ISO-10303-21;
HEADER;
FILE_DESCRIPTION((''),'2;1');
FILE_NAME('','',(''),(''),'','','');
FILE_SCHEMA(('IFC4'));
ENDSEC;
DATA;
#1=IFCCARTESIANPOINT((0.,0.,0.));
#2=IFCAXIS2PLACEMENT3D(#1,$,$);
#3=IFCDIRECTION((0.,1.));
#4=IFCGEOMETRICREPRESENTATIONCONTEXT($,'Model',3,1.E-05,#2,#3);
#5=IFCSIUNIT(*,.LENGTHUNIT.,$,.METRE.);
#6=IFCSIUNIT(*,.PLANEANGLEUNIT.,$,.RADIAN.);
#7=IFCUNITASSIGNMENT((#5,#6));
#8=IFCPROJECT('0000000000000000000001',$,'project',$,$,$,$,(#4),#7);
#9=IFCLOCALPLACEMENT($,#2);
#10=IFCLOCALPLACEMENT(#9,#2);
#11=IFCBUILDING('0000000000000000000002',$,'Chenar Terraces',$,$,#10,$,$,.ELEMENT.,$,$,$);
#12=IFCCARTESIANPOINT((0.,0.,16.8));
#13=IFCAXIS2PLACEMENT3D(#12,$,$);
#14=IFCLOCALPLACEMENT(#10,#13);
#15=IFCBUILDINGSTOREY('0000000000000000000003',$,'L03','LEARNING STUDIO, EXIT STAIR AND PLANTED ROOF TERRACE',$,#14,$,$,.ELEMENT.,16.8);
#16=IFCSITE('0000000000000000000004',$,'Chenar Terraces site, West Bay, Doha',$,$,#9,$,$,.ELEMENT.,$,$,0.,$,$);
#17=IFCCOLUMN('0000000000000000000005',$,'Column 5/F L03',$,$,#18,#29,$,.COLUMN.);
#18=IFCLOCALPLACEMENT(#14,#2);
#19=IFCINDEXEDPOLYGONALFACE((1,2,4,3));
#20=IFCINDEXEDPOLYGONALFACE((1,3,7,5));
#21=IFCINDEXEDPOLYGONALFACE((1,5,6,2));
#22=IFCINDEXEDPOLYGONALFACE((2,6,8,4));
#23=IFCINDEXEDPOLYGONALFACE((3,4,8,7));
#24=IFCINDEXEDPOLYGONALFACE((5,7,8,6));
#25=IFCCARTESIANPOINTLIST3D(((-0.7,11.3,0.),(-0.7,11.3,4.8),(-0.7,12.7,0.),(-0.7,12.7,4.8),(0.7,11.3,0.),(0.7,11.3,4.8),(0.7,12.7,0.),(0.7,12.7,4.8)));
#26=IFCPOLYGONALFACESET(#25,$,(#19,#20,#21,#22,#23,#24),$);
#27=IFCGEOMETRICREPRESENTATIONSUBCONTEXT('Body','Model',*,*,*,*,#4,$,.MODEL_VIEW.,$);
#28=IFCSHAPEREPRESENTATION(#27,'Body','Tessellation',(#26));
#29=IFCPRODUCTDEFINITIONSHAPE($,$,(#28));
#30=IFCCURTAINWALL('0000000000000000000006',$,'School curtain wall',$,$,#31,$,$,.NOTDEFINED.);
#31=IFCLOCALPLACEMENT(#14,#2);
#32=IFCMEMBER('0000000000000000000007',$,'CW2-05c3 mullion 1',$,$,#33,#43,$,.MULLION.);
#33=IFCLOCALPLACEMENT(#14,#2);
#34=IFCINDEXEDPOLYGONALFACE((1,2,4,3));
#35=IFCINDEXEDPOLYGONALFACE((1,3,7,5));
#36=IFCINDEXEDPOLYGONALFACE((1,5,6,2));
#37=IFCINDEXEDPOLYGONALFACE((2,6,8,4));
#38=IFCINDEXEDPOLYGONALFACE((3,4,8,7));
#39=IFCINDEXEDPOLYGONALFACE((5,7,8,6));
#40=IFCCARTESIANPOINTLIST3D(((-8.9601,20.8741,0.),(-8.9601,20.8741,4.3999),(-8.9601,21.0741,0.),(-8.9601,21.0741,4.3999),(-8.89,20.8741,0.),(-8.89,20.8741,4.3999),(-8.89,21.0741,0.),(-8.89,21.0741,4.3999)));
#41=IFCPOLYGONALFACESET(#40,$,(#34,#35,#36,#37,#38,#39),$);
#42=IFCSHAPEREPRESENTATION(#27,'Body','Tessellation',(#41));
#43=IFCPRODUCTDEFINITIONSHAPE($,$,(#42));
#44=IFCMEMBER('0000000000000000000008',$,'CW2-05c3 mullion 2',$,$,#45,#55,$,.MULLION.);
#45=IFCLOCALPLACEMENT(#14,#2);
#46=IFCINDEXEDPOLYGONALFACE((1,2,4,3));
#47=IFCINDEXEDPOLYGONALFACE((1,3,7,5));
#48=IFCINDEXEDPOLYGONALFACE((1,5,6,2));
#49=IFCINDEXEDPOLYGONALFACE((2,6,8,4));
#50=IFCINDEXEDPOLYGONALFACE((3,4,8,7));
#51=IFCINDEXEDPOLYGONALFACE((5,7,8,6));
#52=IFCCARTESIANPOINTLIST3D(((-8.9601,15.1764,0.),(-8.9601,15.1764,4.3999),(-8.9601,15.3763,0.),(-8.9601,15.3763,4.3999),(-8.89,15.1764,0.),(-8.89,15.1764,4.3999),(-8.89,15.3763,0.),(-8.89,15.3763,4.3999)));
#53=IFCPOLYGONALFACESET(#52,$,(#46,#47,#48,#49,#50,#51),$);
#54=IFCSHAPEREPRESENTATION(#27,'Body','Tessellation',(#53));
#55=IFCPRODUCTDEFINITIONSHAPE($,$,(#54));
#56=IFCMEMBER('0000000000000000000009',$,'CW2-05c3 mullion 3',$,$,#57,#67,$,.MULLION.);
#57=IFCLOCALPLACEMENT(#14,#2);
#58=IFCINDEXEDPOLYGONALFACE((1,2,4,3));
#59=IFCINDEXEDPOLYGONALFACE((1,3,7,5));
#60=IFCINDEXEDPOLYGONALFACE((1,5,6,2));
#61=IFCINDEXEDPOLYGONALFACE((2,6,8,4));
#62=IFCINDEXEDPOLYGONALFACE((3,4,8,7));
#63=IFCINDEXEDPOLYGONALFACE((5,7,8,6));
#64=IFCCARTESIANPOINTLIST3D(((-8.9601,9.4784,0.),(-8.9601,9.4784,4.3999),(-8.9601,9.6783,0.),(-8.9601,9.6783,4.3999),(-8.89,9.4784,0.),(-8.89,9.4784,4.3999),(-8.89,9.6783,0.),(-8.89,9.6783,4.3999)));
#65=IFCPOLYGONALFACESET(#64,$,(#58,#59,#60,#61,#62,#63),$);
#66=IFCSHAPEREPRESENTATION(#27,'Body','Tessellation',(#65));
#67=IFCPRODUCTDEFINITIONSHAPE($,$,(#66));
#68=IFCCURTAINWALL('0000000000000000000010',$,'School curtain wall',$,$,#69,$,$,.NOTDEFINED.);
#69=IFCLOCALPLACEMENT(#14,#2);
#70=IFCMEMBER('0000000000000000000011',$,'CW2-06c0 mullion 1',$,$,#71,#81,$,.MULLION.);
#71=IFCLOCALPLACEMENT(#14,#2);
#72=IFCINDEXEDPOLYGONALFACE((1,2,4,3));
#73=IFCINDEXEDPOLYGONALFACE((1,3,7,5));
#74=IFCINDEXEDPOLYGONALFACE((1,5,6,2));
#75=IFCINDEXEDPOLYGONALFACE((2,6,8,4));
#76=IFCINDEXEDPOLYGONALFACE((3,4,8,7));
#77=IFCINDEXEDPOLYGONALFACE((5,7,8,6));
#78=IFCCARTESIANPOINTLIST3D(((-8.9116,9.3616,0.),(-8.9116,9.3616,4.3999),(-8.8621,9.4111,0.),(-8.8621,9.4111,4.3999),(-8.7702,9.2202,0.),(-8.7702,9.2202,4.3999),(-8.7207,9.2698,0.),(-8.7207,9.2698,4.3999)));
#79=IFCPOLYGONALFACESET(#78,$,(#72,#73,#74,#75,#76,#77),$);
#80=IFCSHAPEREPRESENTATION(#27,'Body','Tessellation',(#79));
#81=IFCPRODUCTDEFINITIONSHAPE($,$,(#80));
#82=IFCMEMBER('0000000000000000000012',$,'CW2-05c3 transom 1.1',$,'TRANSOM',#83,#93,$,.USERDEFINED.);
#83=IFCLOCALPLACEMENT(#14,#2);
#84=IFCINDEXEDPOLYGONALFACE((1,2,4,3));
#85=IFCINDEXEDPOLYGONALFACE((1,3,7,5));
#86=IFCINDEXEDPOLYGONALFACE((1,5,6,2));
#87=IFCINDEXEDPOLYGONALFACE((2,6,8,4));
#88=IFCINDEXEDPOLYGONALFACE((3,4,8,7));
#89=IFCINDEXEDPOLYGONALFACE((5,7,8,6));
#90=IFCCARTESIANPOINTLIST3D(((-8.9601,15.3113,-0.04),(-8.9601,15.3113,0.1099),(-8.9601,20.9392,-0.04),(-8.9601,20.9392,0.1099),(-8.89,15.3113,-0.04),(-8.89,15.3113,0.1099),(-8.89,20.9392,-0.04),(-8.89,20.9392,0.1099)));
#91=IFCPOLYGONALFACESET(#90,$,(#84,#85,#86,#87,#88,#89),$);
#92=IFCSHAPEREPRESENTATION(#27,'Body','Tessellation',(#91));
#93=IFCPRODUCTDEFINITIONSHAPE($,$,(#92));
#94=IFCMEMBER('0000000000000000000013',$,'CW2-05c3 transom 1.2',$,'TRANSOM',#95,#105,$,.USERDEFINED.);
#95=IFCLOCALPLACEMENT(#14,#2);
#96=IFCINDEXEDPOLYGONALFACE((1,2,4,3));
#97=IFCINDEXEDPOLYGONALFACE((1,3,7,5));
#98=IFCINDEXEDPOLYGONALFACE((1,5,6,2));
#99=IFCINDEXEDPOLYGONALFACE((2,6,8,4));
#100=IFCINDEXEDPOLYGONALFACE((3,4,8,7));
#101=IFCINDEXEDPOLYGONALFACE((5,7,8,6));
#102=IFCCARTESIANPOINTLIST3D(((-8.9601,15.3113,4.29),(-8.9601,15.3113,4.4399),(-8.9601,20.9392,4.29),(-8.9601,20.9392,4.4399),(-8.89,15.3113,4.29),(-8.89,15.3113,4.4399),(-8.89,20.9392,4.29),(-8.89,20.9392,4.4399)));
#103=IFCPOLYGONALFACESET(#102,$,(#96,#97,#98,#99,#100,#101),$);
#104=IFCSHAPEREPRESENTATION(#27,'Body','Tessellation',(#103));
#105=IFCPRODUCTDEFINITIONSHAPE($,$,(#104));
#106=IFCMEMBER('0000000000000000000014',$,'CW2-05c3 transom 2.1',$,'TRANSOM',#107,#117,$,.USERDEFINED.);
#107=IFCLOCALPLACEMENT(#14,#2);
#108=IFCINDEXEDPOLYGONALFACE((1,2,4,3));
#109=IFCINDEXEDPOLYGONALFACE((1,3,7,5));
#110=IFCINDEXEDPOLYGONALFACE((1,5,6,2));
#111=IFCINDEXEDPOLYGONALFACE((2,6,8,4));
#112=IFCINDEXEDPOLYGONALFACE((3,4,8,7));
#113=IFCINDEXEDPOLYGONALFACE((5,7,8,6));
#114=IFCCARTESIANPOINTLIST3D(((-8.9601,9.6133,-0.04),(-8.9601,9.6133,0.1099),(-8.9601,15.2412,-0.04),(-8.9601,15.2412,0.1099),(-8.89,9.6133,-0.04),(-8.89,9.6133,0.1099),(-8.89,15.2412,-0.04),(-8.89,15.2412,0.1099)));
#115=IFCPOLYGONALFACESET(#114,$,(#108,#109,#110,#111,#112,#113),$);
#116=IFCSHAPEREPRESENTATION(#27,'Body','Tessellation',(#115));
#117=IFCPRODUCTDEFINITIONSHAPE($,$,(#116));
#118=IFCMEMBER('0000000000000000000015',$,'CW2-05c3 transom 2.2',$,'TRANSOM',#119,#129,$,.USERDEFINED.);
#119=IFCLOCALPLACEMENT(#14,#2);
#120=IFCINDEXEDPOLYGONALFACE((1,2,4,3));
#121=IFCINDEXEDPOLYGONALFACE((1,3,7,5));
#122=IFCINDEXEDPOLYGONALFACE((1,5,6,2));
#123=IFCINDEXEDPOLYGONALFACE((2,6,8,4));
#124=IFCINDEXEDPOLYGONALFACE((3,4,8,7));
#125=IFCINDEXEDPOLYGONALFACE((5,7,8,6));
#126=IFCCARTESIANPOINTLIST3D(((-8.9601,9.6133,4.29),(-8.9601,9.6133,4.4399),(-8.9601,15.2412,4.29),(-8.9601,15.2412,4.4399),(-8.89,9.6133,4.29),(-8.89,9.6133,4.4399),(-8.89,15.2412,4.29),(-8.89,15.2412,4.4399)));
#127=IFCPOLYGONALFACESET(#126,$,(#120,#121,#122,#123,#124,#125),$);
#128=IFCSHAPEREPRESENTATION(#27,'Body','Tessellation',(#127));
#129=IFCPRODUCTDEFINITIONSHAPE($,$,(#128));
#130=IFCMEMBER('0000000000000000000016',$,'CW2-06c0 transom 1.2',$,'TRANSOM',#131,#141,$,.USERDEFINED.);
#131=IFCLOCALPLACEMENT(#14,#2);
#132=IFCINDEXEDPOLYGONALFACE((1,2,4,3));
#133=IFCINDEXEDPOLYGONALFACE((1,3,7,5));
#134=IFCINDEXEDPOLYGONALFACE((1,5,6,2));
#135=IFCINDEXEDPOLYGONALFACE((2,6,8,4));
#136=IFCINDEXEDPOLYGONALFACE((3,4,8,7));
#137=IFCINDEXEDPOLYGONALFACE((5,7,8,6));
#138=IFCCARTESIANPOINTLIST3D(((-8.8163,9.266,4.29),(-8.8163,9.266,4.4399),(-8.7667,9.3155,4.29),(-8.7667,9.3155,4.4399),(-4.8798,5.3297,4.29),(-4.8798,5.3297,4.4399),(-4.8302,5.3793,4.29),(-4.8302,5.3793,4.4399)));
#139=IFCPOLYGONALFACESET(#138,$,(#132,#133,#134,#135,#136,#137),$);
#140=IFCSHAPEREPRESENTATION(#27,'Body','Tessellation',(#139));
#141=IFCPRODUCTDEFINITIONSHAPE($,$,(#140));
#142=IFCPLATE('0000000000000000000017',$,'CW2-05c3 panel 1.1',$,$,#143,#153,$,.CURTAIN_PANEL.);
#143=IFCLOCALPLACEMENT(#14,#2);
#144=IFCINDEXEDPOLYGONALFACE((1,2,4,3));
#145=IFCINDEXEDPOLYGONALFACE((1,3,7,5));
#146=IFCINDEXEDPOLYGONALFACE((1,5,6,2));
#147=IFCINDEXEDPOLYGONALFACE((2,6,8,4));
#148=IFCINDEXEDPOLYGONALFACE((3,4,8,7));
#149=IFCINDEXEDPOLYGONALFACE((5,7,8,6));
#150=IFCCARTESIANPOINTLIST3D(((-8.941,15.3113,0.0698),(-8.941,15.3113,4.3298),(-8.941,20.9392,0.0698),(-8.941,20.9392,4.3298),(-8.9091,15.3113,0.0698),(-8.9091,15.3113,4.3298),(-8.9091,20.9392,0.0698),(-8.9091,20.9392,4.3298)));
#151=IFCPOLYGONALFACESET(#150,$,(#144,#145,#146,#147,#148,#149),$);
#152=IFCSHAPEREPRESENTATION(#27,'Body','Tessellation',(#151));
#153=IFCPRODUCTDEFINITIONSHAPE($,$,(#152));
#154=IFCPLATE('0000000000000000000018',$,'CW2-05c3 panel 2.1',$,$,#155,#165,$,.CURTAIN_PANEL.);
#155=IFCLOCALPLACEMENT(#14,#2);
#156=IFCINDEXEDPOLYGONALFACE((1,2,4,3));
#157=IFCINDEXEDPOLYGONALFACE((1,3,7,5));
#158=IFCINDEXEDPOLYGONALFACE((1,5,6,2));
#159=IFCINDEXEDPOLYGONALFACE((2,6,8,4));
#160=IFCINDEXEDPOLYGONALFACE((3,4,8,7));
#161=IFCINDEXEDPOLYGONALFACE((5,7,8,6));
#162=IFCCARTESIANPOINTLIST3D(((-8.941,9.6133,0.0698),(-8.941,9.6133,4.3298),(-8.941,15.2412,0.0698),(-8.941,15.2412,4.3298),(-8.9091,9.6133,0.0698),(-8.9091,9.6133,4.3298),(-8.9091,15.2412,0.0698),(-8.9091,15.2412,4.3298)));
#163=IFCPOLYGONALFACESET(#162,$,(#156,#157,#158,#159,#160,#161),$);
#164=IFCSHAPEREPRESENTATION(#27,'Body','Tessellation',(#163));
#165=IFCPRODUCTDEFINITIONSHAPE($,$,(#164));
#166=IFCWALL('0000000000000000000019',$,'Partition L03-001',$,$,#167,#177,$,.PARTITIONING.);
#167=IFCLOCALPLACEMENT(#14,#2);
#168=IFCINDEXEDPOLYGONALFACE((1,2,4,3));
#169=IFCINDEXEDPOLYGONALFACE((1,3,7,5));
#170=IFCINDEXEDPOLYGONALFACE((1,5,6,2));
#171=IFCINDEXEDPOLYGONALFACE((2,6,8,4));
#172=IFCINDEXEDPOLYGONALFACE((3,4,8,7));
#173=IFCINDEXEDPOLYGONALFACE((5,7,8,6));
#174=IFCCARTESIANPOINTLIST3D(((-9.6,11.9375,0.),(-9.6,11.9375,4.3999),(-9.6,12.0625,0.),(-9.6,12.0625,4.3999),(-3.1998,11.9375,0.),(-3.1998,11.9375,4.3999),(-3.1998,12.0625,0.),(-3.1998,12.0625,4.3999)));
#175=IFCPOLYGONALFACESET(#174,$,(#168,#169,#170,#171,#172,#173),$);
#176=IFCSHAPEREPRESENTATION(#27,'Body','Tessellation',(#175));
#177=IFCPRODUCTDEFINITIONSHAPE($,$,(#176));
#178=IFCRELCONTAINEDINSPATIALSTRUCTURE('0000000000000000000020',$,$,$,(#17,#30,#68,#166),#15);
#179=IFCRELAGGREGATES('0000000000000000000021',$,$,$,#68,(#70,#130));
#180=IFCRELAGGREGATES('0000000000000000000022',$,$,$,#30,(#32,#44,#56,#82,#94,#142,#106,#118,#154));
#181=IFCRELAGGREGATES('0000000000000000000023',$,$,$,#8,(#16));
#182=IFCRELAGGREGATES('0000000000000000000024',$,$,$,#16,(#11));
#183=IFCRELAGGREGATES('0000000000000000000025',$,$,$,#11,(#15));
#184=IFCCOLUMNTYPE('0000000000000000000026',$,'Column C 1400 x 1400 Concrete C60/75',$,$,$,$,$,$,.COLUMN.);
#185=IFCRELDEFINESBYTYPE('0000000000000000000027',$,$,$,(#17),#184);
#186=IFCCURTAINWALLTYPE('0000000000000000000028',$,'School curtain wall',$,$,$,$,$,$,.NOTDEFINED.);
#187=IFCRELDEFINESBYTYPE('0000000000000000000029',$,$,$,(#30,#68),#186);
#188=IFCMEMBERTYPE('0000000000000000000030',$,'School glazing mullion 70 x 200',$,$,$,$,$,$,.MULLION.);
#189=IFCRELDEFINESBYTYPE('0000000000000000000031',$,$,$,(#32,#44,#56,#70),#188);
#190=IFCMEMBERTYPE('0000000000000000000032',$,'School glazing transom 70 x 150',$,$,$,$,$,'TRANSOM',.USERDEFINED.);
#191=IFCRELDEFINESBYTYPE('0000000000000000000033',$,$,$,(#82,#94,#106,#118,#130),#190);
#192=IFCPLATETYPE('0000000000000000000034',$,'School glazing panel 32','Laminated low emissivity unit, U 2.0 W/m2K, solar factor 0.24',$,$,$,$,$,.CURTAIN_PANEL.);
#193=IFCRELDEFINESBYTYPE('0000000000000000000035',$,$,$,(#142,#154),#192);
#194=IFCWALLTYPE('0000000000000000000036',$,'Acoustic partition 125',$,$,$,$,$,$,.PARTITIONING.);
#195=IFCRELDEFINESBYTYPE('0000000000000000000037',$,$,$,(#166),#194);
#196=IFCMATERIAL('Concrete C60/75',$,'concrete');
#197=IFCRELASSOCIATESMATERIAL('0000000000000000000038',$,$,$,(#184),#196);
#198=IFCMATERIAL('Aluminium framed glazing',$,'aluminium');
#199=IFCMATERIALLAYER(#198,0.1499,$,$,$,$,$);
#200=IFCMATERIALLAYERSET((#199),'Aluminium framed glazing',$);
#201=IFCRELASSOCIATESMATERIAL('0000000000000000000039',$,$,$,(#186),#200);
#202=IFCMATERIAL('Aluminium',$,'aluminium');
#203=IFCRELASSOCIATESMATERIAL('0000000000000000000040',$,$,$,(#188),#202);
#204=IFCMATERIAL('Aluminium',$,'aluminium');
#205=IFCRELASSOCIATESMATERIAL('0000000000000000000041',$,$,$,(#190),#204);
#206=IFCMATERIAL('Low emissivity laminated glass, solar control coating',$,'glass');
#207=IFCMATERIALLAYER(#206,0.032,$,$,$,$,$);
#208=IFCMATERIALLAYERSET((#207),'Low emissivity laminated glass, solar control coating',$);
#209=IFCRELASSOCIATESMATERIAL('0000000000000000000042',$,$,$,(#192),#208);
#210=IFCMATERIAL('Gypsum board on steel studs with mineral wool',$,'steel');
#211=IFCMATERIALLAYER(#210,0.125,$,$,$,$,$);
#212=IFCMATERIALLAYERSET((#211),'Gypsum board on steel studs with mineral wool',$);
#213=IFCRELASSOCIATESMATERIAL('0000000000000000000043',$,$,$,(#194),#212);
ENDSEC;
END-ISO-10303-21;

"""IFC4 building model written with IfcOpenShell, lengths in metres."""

from ifc_helpers import new_model, si_unit, direction, frame, frame_2d, origin, origin_2d, place, context, subcontext, project, spatial, rectangle, extrude, material, layer, layer_set, material_profile, profile_set, type_object, element, aggregate, save


model = new_model("IFC4")

# Units and contexts
model_context = context("Model", 3, precision=1e-05, world=origin(), true_north=direction((0.0, 1.0)))
body_context = subcontext(model_context, "Body", "Model", "MODEL_VIEW")
ifc_project = project(units=[si_unit("LENGTHUNIT", "METRE"), si_unit("PLANEANGLEUNIT", "RADIAN")], contexts=[model_context])

# Site, building, storey
site_placement = place(None, origin())
site = spatial("IfcSite", under=ifc_project, at=site_placement, Name="Chenar Terraces site, West Bay, Doha", CompositionType="ELEMENT", RefElevation=0.0)
building_placement = place(site_placement, origin())
building = spatial("IfcBuilding", under=site, at=building_placement, Name="Chenar Terraces", CompositionType="ELEMENT")
storey_placement = place(building_placement, frame((0.0, 0.0, 16.8)))
storey = spatial("IfcBuildingStorey", under=building, at=storey_placement, Name="L03", Description="LEARNING STUDIO, EXIT STAIR AND PLANTED ROOF TERRACE", CompositionType="ELEMENT", Elevation=16.8)

# Column
ifc_material_1 = material(Name="Concrete C60/75", Category="concrete")
ifc_material_profile_1 = material_profile(ifc_material_1, rectangle(XDim=1.3999, YDim=1.3999, at=origin_2d()), Name="C 1400 x 1400")
ifc_profile_set_1 = profile_set([ifc_material_profile_1], Name="Concrete C60/75")
column_type = type_object("IfcColumnType", Name="Column C 1400 x 1400 Concrete C60/75", PredefinedType="COLUMN", material=ifc_profile_set_1)
column_placement = place(storey_placement, frame((0.0, 12.0, 0.0), z_axis=(0.0, 0.0, 1.0), x_axis=(1.0, 0.0, 0.0)))
element("IfcColumn", 1, at=column_placement, inside=storey, type_object=column_type, Name="Column 5/F L03", PredefinedType="COLUMN", context=body_context, shape_type="SweptSolid", body=[
    extrude(rectangle(XDim=1.3999, YDim=1.3999, at=origin_2d()), origin(), (0.0, 0.0, 1.0), 4.8),
])

# Curtain wall, members
ifc_material_2 = material(Name="Aluminium framed glazing", Category="aluminium")
ifc_layer_1 = layer(ifc_material_2, 0.1499)
ifc_layer_set_1 = layer_set([ifc_layer_1], Name="Aluminium framed glazing")
curtain_wall_type = type_object("IfcCurtainWallType", Name="School curtain wall", PredefinedType="NOTDEFINED", material=ifc_layer_set_1)
placement = place(storey_placement, origin())
curtain_wall_1 = element("IfcCurtainWall", 2, at=placement, inside=storey, type_object=curtain_wall_type, Name="School curtain wall", PredefinedType="NOTDEFINED")
ifc_material_3 = material(Name="Aluminium", Category="aluminium")
ifc_material_profile_2 = material_profile(ifc_material_3, rectangle(XDim=0.0701, YDim=0.2, at=origin_2d()), Name="School glazing mullion 70 x 200")
ifc_profile_set_2 = profile_set([ifc_material_profile_2], Name="Aluminium")
member_type_1 = type_object("IfcMemberType", Name="School glazing mullion 70 x 200", PredefinedType="MULLION", material=ifc_profile_set_2)
member_1_placement = place(storey_placement, frame((-8.925, 20.9741, 0.0), z_axis=(0.0, 0.0, 1.0), x_axis=(1.0, 0.0, 0.0)))
member_1 = element("IfcMember", 3, at=member_1_placement, type_object=member_type_1, Name="CW2-05c3 mullion 1", PredefinedType="MULLION", context=body_context, shape_type="SweptSolid", body=[
    extrude(rectangle(XDim=0.0701, YDim=0.2, at=origin_2d()), origin(), (0.0, 0.0, 1.0), 4.3999),
])
member_2_placement = place(storey_placement, frame((-8.925, 15.2764, 0.0), z_axis=(0.0, 0.0, 1.0), x_axis=(1.0, 0.0, 0.0)))
member_2 = element("IfcMember", 4, at=member_2_placement, type_object=member_type_1, Name="CW2-05c3 mullion 2", PredefinedType="MULLION", context=body_context, shape_type="SweptSolid", body=[
    extrude(rectangle(XDim=0.0701, YDim=0.2, at=origin_2d()), origin(), (0.0, 0.0, 1.0), 4.3999),
])
member_3_placement = place(storey_placement, frame((-8.925, 9.5784, 0.0), z_axis=(0.0, 0.0, 1.0), x_axis=(1.0, 0.0, 0.0)))
member_3 = element("IfcMember", 5, at=member_3_placement, type_object=member_type_1, Name="CW2-05c3 mullion 3", PredefinedType="MULLION", context=body_context, shape_type="SweptSolid", body=[
    extrude(rectangle(XDim=0.0701, YDim=0.2, at=origin_2d()), origin(), (0.0, 0.0, 1.0), 4.3999),
])

# Curtain wall, member
curtain_wall_2 = element("IfcCurtainWall", 6, at=placement, inside=storey, type_object=curtain_wall_type, Name="School curtain wall", PredefinedType="NOTDEFINED")
member_4_placement = place(storey_placement, frame((-8.8162, 9.3157, 0.0), z_axis=(0.0, 0.0, 1.0), x_axis=(0.707107, 0.707107, 0.0)))
member_4 = element("IfcMember", 7, at=member_4_placement, type_object=member_type_1, Name="CW2-06c0 mullion 1", PredefinedType="MULLION", context=body_context, shape_type="SweptSolid", body=[
    extrude(rectangle(XDim=0.0701, YDim=0.2, at=origin_2d()), origin(), (0.0, 0.0, 1.0), 4.3999),
])

# Members
ifc_material_4 = material(Name="Aluminium", Category="aluminium")
ifc_material_profile_3 = material_profile(ifc_material_4, rectangle(XDim=0.0701, YDim=0.1499, at=origin_2d()), Name="School glazing transom 70 x 150")
ifc_profile_set_3 = profile_set([ifc_material_profile_3], Name="Aluminium")
member_type_2 = type_object("IfcMemberType", Name="School glazing transom 70 x 150", ElementType="TRANSOM", PredefinedType="USERDEFINED", material=ifc_profile_set_3)
member_5_placement = place(storey_placement, frame((-8.925, 20.9392, 0.0349), z_axis=(0.0, -1.0, 0.0), x_axis=(1.0, 0.0, 0.0)))
member_5 = element("IfcMember", 8, at=member_5_placement, type_object=member_type_2, Name="CW2-05c3 transom 1.1", ObjectType="TRANSOM", PredefinedType="USERDEFINED", context=body_context, shape_type="SweptSolid", body=[
    extrude(rectangle(XDim=0.0701, YDim=0.1499, at=origin_2d()), origin(), (0.0, 0.0, 1.0), 5.6279),
])
member_6_placement = place(storey_placement, frame((-8.925, 20.9392, 4.365), z_axis=(0.0, -1.0, 0.0), x_axis=(1.0, 0.0, 0.0)))
member_6 = element("IfcMember", 9, at=member_6_placement, type_object=member_type_2, Name="CW2-05c3 transom 1.2", ObjectType="TRANSOM", PredefinedType="USERDEFINED", context=body_context, shape_type="SweptSolid", body=[
    extrude(rectangle(XDim=0.0701, YDim=0.1499, at=origin_2d()), origin(), (0.0, 0.0, 1.0), 5.6279),
])
member_7_placement = place(storey_placement, frame((-8.925, 15.2412, 0.0349), z_axis=(0.0, -1.0, 0.0), x_axis=(1.0, 0.0, 0.0)))
member_7 = element("IfcMember", 10, at=member_7_placement, type_object=member_type_2, Name="CW2-05c3 transom 2.1", ObjectType="TRANSOM", PredefinedType="USERDEFINED", context=body_context, shape_type="SweptSolid", body=[
    extrude(rectangle(XDim=0.0701, YDim=0.1499, at=origin_2d()), origin(), (0.0, 0.0, 1.0), 5.6279),
])
member_8_placement = place(storey_placement, frame((-8.925, 15.2412, 4.365), z_axis=(0.0, -1.0, 0.0), x_axis=(1.0, 0.0, 0.0)))
member_8 = element("IfcMember", 11, at=member_8_placement, type_object=member_type_2, Name="CW2-05c3 transom 2.2", ObjectType="TRANSOM", PredefinedType="USERDEFINED", context=body_context, shape_type="SweptSolid", body=[
    extrude(rectangle(XDim=0.0701, YDim=0.1499, at=origin_2d()), origin(), (0.0, 0.0, 1.0), 5.6279),
])
member_9_placement = place(storey_placement, frame((-8.7915, 9.2908, 4.365), z_axis=(0.707129, -0.707085, 0.0), x_axis=(0.707085, 0.707129, 0.0)))
member_9 = element("IfcMember", 12, at=member_9_placement, type_object=member_type_2, Name="CW2-06c0 transom 1.2", ObjectType="TRANSOM", PredefinedType="USERDEFINED", context=body_context, shape_type="SweptSolid", body=[
    extrude(rectangle(XDim=0.0701, YDim=0.1499, at=origin_2d()), origin(), (0.0, 0.0, 1.0), 5.5669),
])
aggregate(curtain_wall_2, [member_4, member_9])

# Plates
ifc_material_5 = material(Name="Low emissivity laminated glass, solar control coating", Category="glass")
ifc_layer_2 = layer(ifc_material_5, 0.032)
ifc_layer_set_2 = layer_set([ifc_layer_2], Name="Low emissivity laminated glass, solar control coating")
plate_type = type_object("IfcPlateType", Name="School glazing panel 32", Description="Laminated low emissivity unit, U 2.0 W/m2K, solar factor 0.24", PredefinedType="CURTAIN_PANEL", material=ifc_layer_set_2)
plate_1_placement = place(storey_placement, frame((-8.925, 18.1252, 0.0698), z_axis=(0.0, 0.0, 1.0), x_axis=(0.0, -1.0, 0.0)))
plate_1 = element("IfcPlate", 13, at=plate_1_placement, type_object=plate_type, Name="CW2-05c3 panel 1.1", PredefinedType="CURTAIN_PANEL", context=body_context, shape_type="SweptSolid", body=[
    extrude(rectangle(XDim=5.6279, YDim=0.032, at=origin_2d()), origin(), (0.0, 0.0, 1.0), 4.26),
])
plate_2_placement = place(storey_placement, frame((-8.925, 12.4272, 0.0698), z_axis=(0.0, 0.0, 1.0), x_axis=(0.0, -1.0, 0.0)))
plate_2 = element("IfcPlate", 14, at=plate_2_placement, type_object=plate_type, Name="CW2-05c3 panel 2.1", PredefinedType="CURTAIN_PANEL", context=body_context, shape_type="SweptSolid", body=[
    extrude(rectangle(XDim=5.6279, YDim=0.032, at=origin_2d()), origin(), (0.0, 0.0, 1.0), 4.26),
])
aggregate(curtain_wall_1, [member_1, member_2, member_3, member_5, member_6, plate_1, member_7, member_8, plate_2])

# Wall
ifc_material_6 = material(Name="Gypsum board on steel studs with mineral wool", Category="steel")
ifc_layer_3 = layer(ifc_material_6, 0.125)
ifc_layer_set_3 = layer_set([ifc_layer_3], Name="Gypsum board on steel studs with mineral wool")
wall_type_1 = type_object("IfcWallType", Name="Acoustic partition 125", PredefinedType="PARTITIONING", material=ifc_layer_set_3)
wall_1_placement = place(storey_placement, frame((-9.6001, 12.0, 0.0), z_axis=(0.0, 0.0, 1.0), x_axis=(1.0, 0.0, 0.0)))
element("IfcWall", 15, at=wall_1_placement, inside=storey, type_object=wall_type_1, Name="Partition L03-001", PredefinedType="PARTITIONING", context=body_context, shape_type="SweptSolid", body=[
    extrude(rectangle(XDim=6.4001, YDim=0.125, at=frame_2d((3.2002, 0.0))), origin(), (0.0, 0.0, 1.0), 4.3999),
])

save(model, "model.ifc")
